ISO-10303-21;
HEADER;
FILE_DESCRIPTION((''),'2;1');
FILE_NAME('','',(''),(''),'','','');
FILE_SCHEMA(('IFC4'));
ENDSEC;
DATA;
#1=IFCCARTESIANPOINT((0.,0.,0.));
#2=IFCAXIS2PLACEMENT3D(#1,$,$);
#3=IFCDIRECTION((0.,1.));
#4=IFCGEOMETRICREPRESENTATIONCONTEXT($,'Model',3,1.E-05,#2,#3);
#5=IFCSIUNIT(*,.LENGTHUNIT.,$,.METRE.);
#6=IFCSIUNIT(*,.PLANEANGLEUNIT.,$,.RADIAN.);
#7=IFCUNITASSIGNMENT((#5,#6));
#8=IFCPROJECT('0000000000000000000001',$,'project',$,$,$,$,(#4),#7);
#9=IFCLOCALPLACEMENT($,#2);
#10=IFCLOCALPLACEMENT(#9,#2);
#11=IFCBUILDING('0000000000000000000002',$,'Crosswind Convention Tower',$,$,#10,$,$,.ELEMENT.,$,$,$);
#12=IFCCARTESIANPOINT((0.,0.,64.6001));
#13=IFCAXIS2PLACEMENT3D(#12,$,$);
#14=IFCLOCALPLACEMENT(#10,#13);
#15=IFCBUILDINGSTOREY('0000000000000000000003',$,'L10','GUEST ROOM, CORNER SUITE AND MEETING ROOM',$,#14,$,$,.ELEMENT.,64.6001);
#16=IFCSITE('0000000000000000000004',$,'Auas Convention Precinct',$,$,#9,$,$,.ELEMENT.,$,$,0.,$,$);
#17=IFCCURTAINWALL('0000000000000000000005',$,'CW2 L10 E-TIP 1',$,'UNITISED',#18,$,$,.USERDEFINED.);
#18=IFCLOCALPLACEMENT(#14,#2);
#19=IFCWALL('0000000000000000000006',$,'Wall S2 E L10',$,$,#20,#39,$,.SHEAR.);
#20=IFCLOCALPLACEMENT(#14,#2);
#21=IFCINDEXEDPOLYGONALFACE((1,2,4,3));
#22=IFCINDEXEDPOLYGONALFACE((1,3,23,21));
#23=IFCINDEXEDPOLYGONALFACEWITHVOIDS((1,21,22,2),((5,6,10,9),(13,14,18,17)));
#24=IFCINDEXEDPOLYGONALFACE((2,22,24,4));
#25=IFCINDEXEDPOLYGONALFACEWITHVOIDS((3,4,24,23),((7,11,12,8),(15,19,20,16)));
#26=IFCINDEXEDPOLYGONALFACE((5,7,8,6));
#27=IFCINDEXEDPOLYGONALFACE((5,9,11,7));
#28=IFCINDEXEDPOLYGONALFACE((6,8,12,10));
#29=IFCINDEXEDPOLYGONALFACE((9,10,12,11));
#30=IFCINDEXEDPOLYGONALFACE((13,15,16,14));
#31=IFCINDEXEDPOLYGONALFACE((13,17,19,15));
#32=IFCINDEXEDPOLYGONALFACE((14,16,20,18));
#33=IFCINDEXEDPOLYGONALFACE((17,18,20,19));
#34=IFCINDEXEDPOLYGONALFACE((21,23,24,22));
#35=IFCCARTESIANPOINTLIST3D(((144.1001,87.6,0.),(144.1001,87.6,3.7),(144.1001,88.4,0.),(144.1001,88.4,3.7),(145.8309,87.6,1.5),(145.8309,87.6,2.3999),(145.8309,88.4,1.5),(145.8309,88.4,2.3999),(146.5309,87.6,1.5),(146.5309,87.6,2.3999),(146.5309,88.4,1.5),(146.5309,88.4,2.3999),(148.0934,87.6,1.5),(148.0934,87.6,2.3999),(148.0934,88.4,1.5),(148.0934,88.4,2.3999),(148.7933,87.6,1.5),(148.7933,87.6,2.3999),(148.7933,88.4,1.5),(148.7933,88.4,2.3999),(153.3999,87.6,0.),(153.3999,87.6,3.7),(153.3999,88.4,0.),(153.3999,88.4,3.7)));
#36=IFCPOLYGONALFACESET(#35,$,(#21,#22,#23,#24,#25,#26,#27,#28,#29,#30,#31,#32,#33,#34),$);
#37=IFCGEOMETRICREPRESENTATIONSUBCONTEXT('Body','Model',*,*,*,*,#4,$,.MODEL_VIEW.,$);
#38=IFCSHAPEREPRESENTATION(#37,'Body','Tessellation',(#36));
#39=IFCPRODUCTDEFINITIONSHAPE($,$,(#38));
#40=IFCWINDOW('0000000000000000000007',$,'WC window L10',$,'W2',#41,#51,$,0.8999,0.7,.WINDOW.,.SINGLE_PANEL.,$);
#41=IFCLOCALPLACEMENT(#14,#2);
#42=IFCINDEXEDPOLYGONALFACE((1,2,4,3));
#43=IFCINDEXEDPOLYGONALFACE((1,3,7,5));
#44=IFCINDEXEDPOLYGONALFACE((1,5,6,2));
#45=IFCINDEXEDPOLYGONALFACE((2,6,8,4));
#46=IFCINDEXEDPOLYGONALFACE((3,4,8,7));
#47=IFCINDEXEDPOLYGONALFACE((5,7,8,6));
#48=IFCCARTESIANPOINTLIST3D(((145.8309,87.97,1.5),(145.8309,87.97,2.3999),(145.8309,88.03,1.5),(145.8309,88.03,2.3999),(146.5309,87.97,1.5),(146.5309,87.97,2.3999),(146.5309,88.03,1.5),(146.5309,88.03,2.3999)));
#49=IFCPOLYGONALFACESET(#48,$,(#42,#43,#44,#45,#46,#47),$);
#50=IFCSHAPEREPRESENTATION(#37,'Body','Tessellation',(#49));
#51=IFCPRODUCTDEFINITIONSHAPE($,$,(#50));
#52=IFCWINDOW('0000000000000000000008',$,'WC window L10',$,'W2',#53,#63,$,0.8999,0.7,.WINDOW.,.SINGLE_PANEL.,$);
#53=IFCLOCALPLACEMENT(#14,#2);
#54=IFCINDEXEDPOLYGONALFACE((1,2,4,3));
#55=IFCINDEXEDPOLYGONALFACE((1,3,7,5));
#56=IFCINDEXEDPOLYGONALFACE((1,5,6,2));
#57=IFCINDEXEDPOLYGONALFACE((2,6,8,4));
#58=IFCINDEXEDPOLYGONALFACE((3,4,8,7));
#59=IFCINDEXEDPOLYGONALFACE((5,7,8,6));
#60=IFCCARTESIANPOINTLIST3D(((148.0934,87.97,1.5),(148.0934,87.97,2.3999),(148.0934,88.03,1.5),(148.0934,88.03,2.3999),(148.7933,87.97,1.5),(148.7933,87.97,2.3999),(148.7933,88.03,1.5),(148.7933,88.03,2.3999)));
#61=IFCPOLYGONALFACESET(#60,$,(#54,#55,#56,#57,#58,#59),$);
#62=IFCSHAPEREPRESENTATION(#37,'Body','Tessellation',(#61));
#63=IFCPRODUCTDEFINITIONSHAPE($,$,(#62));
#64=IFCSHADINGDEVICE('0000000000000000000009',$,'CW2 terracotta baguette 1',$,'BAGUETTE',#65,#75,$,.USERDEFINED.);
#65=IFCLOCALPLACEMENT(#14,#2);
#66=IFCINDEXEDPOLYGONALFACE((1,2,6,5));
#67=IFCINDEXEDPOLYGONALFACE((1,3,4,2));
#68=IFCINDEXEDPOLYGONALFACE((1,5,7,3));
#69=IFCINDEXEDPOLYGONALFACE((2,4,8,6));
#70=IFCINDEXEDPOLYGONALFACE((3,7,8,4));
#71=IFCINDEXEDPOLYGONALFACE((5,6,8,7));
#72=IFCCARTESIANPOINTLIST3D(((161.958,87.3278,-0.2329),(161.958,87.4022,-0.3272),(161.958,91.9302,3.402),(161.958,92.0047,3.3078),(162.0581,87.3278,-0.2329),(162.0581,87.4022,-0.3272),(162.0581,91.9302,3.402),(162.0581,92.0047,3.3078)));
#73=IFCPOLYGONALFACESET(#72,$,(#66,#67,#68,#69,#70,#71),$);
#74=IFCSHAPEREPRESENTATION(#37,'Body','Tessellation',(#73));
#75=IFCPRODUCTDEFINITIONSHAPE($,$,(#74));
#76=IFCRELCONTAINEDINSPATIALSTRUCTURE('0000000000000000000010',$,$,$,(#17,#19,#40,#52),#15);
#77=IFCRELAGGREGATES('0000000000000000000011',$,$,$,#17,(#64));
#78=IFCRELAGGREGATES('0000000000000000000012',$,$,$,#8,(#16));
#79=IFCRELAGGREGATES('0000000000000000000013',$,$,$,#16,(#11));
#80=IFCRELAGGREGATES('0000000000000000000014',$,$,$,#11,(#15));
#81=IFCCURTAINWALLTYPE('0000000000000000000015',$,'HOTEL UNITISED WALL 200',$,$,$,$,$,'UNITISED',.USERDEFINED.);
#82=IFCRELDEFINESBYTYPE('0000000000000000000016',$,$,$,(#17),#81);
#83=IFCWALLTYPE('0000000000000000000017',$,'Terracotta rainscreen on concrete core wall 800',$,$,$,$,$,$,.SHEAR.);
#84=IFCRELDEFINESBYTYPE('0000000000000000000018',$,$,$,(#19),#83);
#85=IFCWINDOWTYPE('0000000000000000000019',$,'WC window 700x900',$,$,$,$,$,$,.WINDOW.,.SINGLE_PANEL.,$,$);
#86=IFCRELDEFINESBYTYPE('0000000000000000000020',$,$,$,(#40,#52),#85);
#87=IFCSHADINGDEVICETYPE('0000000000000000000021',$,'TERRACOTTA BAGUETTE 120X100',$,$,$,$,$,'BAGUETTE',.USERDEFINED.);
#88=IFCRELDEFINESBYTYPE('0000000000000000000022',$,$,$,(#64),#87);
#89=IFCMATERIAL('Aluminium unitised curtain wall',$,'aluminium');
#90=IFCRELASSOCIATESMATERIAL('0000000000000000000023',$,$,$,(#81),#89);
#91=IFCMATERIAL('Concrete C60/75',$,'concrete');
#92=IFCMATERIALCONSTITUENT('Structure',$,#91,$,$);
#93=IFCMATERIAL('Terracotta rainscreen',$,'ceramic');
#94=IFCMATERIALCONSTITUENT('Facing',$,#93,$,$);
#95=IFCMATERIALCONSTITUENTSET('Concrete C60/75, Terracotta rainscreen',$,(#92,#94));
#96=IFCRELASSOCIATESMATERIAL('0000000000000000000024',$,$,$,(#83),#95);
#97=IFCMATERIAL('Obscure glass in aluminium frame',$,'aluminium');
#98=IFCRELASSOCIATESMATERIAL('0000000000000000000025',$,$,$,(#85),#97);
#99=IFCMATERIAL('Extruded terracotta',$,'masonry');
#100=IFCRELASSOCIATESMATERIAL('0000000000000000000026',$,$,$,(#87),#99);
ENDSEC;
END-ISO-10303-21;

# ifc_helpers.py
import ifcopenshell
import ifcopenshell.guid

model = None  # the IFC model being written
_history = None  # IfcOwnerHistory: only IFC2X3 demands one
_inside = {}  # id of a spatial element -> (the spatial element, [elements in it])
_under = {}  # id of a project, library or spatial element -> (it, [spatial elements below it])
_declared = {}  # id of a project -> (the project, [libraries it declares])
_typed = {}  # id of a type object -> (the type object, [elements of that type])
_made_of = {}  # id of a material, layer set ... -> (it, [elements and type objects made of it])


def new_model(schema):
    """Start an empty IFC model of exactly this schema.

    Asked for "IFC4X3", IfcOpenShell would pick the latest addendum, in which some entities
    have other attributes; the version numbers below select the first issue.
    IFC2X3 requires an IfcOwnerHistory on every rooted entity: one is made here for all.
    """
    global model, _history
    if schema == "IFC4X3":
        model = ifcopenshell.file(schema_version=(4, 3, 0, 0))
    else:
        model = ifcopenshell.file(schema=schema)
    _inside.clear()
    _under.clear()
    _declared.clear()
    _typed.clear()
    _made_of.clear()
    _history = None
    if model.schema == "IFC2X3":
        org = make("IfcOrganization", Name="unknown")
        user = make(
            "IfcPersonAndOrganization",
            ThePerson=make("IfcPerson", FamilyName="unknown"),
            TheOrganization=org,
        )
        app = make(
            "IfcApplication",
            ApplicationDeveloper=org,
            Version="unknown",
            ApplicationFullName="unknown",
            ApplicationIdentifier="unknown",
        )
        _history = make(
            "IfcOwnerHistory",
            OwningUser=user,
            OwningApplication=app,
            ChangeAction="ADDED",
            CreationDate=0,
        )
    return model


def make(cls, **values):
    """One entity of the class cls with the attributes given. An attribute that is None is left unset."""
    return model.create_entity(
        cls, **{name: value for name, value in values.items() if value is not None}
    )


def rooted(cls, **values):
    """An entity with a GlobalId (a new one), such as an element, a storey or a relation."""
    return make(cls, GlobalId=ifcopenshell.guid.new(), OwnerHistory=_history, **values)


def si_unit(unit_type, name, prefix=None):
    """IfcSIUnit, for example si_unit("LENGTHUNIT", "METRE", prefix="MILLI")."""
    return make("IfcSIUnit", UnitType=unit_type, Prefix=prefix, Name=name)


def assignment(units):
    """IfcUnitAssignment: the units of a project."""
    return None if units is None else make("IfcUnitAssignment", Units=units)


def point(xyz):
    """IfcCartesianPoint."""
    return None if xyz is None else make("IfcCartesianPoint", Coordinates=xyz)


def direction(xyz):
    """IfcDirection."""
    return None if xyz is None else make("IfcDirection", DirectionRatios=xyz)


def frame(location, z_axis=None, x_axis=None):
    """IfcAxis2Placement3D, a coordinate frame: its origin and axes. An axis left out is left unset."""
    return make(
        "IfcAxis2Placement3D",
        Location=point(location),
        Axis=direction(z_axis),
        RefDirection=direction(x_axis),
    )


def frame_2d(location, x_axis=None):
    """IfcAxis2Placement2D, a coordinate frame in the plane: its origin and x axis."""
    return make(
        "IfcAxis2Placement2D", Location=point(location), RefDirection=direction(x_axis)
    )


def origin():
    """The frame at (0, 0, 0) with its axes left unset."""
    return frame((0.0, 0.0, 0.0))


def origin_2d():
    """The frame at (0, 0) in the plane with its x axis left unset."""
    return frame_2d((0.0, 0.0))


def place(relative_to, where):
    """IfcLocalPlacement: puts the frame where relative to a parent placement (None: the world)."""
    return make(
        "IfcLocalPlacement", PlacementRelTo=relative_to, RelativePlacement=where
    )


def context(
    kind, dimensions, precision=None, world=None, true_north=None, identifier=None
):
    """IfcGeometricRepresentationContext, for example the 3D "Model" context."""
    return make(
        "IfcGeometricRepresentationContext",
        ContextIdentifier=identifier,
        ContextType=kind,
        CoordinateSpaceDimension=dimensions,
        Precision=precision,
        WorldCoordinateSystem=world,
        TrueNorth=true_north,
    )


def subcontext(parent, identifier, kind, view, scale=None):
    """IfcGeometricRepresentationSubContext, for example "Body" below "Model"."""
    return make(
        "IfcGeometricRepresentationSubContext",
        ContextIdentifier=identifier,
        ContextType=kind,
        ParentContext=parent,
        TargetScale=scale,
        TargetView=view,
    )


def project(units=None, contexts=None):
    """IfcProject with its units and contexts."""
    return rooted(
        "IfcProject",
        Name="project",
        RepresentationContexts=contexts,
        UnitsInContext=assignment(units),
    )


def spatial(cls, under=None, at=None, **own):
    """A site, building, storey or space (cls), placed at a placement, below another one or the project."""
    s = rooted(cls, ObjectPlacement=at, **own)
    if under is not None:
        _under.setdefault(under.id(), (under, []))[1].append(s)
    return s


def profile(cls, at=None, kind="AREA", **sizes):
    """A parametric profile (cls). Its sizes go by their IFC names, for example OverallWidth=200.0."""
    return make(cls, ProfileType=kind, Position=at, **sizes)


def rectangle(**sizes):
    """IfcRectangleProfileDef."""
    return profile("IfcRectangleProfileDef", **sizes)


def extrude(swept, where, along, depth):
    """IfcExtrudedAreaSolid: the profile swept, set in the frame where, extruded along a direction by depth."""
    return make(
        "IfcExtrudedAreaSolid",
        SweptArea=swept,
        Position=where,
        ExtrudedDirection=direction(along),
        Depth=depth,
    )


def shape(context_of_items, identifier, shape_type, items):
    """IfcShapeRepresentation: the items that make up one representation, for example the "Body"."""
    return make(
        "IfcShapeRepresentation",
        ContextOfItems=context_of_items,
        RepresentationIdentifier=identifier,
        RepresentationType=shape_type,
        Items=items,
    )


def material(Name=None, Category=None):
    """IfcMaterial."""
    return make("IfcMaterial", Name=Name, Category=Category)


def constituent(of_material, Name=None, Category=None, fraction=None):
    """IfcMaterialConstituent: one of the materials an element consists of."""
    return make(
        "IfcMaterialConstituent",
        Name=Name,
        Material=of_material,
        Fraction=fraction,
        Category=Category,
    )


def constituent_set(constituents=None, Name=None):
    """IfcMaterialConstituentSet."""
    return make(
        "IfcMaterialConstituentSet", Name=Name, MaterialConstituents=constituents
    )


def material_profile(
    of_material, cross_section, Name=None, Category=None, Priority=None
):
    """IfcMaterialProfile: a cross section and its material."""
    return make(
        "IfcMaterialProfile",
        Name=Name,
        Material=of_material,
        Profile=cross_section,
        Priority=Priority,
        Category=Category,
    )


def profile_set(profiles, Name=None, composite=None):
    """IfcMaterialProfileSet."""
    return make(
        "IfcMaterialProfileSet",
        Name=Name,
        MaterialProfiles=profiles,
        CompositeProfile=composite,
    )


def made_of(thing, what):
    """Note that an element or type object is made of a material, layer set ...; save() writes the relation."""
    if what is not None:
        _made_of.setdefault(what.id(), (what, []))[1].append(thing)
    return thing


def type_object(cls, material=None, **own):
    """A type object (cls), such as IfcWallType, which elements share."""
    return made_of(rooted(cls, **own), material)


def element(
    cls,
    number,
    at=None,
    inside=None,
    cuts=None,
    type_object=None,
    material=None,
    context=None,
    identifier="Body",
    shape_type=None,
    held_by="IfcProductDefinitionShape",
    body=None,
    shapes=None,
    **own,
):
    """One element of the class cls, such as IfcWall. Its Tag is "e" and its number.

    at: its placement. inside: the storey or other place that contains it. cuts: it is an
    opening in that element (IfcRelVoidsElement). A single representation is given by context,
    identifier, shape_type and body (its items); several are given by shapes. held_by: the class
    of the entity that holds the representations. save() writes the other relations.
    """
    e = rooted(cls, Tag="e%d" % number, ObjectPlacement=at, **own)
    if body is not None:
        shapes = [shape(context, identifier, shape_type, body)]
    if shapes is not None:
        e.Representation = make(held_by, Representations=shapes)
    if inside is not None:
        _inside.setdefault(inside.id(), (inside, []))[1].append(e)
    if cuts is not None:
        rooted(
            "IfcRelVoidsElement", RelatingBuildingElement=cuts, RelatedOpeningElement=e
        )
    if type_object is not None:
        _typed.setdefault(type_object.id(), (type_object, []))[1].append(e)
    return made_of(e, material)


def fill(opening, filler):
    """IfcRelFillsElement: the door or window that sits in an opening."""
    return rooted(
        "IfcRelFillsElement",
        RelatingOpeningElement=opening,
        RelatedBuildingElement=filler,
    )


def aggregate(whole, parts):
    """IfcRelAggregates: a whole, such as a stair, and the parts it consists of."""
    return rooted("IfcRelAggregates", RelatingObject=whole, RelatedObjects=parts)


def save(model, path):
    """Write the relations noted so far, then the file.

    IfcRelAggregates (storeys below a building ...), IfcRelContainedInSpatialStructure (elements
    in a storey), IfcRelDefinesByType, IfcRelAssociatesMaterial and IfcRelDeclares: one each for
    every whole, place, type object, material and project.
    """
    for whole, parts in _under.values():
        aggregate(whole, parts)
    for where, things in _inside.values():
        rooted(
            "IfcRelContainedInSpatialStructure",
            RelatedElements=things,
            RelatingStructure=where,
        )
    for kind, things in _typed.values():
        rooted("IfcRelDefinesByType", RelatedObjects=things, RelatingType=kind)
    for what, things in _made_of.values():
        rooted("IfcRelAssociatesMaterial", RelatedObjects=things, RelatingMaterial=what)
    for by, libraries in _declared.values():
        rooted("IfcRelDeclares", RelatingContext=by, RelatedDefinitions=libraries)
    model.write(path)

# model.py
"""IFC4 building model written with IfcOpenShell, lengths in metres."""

from ifc_helpers import new_model, si_unit, direction, frame, frame_2d, origin, origin_2d, place, context, subcontext, project, spatial, rectangle, extrude, material, constituent, constituent_set, material_profile, profile_set, type_object, element, fill, aggregate, save


model = new_model("IFC4")

# Units and contexts
model_context = context("Model", 3, precision=1e-05, world=origin(), true_north=direction((0.0, 1.0)))
body_context = subcontext(model_context, "Body", "Model", "MODEL_VIEW")
ifc_project = project(units=[si_unit("LENGTHUNIT", "METRE"), si_unit("PLANEANGLEUNIT", "RADIAN")], contexts=[model_context])

# Site, building, storey
site_placement = place(None, origin())
site = spatial("IfcSite", under=ifc_project, at=site_placement, Name="Auas Convention Precinct", CompositionType="ELEMENT", RefElevation=0.0)
building_placement = place(site_placement, origin())
building = spatial("IfcBuilding", under=site, at=building_placement, Name="Crosswind Convention Tower", CompositionType="ELEMENT")
storey_placement = place(building_placement, frame((0.0, 0.0, 64.6001)))
storey = spatial("IfcBuildingStorey", under=building, at=storey_placement, Name="L10", Description="GUEST ROOM, CORNER SUITE AND MEETING ROOM", CompositionType="ELEMENT", Elevation=64.6001)

# Shared definitions
ifc_material_1 = material(Name="Concrete C60/75", Category="concrete")

# Shared definitions
ifc_material_2 = material(Name="Aluminium unitised curtain wall", Category="aluminium")

# Curtain wall
curtain_wall_type_1 = type_object("IfcCurtainWallType", Name="HOTEL UNITISED WALL 200", ElementType="UNITISED", PredefinedType="USERDEFINED", material=ifc_material_2)
curtain_wall_1_placement = place(storey_placement, origin())
curtain_wall_1 = element("IfcCurtainWall", 1, at=curtain_wall_1_placement, inside=storey, type_object=curtain_wall_type_1, Name="CW2 L10 E-TIP 1", ObjectType="UNITISED", PredefinedType="USERDEFINED")

# Wall, openings, windows
ifc_constituent_1 = constituent(ifc_material_1, Name="Structure")
ifc_material_3 = material(Name="Terracotta rainscreen", Category="ceramic")
ifc_constituent_2 = constituent(ifc_material_3, Name="Facing")
ifc_constituent_set = constituent_set(constituents=[ifc_constituent_1, ifc_constituent_2], Name="Concrete C60/75, Terracotta rainscreen")
wall_type_1 = type_object("IfcWallType", Name="Terracotta rainscreen on concrete core wall 800", PredefinedType="SHEAR", material=ifc_constituent_set)
wall_1_placement = place(storey_placement, frame((144.1001, 88.0, 0.0), z_axis=(0.0, 0.0, 1.0), x_axis=(1.0, 0.0, 0.0)))
wall_1 = element("IfcWall", 2, at=wall_1_placement, inside=storey, type_object=wall_type_1, Name="Wall S2 E L10", PredefinedType="SHEAR", context=body_context, shape_type="SweptSolid", body=[
    extrude(rectangle(XDim=9.2998, YDim=0.8, at=frame_2d((4.6499, 0.0))), origin(), (0.0, 0.0, 1.0), 3.7),
])
opening_1_placement = place(wall_1_placement, frame((1.7307, 0.0, 1.5)))
opening_1 = element("IfcOpeningElement", 3, at=opening_1_placement, cuts=wall_1, PredefinedType="OPENING", context=body_context, shape_type="SweptSolid", body=[
    extrude(rectangle(XDim=0.7, YDim=0.8999, at=frame_2d((0.3501, 0.45))), frame((0.0, 0.4099, 0.0), z_axis=(0.0, -1.0, 0.0), x_axis=(1.0, 0.0, 0.0)), (0.0, 0.0, 1.0), 0.8201),
])
opening_2_placement = place(wall_1_placement, frame((3.9932, 0.0, 1.5)))
opening_2 = element("IfcOpeningElement", 4, at=opening_2_placement, cuts=wall_1, PredefinedType="OPENING", context=body_context, shape_type="SweptSolid", body=[
    extrude(rectangle(XDim=0.7, YDim=0.8999, at=frame_2d((0.3501, 0.45))), frame((0.0, 0.4099, 0.0), z_axis=(0.0, -1.0, 0.0), x_axis=(1.0, 0.0, 0.0)), (0.0, 0.0, 1.0), 0.8201),
])
ifc_material_4 = material(Name="Obscure glass in aluminium frame", Category="aluminium")
window_type = type_object("IfcWindowType", Name="WC window 700x900", PartitioningType="SINGLE_PANEL", PredefinedType="WINDOW", material=ifc_material_4)
window_1_placement = place(opening_1_placement, origin())
window_1 = element("IfcWindow", 5, at=window_1_placement, inside=storey, type_object=window_type, Name="WC window L10", ObjectType="W2", OverallHeight=0.8999, OverallWidth=0.7, PartitioningType="SINGLE_PANEL", PredefinedType="WINDOW", context=body_context, shape_type="SweptSolid", body=[
    extrude(rectangle(XDim=0.7, YDim=0.8999, at=frame_2d((0.3501, 0.45))), frame((0.0, 0.03, 0.0), z_axis=(0.0, -1.0, 0.0), x_axis=(1.0, 0.0, 0.0)), (0.0, 0.0, 1.0), 0.0601),
])
fill(opening_1, window_1)
window_2_placement = place(opening_2_placement, origin())
window_2 = element("IfcWindow", 6, at=window_2_placement, inside=storey, type_object=window_type, Name="WC window L10", ObjectType="W2", OverallHeight=0.8999, OverallWidth=0.7, PartitioningType="SINGLE_PANEL", PredefinedType="WINDOW", context=body_context, shape_type="SweptSolid", body=[
    extrude(rectangle(XDim=0.7, YDim=0.8999, at=frame_2d((0.3501, 0.45))), frame((0.0, 0.03, 0.0), z_axis=(0.0, -1.0, 0.0), x_axis=(1.0, 0.0, 0.0)), (0.0, 0.0, 1.0), 0.0601),
])
fill(opening_2, window_2)

# Shading device
ifc_material_5 = material(Name="Extruded terracotta", Category="masonry")
ifc_material_profile_1 = material_profile(ifc_material_5, rectangle(XDim=0.1001, YDim=0.1201, at=origin_2d()), Name="TC 100X120")
ifc_profile_set_1 = profile_set([ifc_material_profile_1], Name="Extruded terracotta")
shading_device_type = type_object("IfcShadingDeviceType", Name="TERRACOTTA BAGUETTE 120X100", ElementType="BAGUETTE", PredefinedType="USERDEFINED", material=ifc_profile_set_1)
shading_device_placement = place(storey_placement, frame((162.0081, 87.365, -0.28), z_axis=(0.0, 0.784764, 0.619794), x_axis=(-1.0, 0.0, 0.0)))
shading_device = element("IfcShadingDevice", 7, at=shading_device_placement, type_object=shading_device_type, Name="CW2 terracotta baguette 1", ObjectType="BAGUETTE", PredefinedType="USERDEFINED", context=body_context, shape_type="SweptSolid", body=[
    extrude(rectangle(XDim=0.1001, YDim=0.1201, at=origin_2d()), origin(), (0.0, 0.0, 1.0), 5.8647),
])
aggregate(curtain_wall_1, [shading_device])

save(model, "model.ifc")
